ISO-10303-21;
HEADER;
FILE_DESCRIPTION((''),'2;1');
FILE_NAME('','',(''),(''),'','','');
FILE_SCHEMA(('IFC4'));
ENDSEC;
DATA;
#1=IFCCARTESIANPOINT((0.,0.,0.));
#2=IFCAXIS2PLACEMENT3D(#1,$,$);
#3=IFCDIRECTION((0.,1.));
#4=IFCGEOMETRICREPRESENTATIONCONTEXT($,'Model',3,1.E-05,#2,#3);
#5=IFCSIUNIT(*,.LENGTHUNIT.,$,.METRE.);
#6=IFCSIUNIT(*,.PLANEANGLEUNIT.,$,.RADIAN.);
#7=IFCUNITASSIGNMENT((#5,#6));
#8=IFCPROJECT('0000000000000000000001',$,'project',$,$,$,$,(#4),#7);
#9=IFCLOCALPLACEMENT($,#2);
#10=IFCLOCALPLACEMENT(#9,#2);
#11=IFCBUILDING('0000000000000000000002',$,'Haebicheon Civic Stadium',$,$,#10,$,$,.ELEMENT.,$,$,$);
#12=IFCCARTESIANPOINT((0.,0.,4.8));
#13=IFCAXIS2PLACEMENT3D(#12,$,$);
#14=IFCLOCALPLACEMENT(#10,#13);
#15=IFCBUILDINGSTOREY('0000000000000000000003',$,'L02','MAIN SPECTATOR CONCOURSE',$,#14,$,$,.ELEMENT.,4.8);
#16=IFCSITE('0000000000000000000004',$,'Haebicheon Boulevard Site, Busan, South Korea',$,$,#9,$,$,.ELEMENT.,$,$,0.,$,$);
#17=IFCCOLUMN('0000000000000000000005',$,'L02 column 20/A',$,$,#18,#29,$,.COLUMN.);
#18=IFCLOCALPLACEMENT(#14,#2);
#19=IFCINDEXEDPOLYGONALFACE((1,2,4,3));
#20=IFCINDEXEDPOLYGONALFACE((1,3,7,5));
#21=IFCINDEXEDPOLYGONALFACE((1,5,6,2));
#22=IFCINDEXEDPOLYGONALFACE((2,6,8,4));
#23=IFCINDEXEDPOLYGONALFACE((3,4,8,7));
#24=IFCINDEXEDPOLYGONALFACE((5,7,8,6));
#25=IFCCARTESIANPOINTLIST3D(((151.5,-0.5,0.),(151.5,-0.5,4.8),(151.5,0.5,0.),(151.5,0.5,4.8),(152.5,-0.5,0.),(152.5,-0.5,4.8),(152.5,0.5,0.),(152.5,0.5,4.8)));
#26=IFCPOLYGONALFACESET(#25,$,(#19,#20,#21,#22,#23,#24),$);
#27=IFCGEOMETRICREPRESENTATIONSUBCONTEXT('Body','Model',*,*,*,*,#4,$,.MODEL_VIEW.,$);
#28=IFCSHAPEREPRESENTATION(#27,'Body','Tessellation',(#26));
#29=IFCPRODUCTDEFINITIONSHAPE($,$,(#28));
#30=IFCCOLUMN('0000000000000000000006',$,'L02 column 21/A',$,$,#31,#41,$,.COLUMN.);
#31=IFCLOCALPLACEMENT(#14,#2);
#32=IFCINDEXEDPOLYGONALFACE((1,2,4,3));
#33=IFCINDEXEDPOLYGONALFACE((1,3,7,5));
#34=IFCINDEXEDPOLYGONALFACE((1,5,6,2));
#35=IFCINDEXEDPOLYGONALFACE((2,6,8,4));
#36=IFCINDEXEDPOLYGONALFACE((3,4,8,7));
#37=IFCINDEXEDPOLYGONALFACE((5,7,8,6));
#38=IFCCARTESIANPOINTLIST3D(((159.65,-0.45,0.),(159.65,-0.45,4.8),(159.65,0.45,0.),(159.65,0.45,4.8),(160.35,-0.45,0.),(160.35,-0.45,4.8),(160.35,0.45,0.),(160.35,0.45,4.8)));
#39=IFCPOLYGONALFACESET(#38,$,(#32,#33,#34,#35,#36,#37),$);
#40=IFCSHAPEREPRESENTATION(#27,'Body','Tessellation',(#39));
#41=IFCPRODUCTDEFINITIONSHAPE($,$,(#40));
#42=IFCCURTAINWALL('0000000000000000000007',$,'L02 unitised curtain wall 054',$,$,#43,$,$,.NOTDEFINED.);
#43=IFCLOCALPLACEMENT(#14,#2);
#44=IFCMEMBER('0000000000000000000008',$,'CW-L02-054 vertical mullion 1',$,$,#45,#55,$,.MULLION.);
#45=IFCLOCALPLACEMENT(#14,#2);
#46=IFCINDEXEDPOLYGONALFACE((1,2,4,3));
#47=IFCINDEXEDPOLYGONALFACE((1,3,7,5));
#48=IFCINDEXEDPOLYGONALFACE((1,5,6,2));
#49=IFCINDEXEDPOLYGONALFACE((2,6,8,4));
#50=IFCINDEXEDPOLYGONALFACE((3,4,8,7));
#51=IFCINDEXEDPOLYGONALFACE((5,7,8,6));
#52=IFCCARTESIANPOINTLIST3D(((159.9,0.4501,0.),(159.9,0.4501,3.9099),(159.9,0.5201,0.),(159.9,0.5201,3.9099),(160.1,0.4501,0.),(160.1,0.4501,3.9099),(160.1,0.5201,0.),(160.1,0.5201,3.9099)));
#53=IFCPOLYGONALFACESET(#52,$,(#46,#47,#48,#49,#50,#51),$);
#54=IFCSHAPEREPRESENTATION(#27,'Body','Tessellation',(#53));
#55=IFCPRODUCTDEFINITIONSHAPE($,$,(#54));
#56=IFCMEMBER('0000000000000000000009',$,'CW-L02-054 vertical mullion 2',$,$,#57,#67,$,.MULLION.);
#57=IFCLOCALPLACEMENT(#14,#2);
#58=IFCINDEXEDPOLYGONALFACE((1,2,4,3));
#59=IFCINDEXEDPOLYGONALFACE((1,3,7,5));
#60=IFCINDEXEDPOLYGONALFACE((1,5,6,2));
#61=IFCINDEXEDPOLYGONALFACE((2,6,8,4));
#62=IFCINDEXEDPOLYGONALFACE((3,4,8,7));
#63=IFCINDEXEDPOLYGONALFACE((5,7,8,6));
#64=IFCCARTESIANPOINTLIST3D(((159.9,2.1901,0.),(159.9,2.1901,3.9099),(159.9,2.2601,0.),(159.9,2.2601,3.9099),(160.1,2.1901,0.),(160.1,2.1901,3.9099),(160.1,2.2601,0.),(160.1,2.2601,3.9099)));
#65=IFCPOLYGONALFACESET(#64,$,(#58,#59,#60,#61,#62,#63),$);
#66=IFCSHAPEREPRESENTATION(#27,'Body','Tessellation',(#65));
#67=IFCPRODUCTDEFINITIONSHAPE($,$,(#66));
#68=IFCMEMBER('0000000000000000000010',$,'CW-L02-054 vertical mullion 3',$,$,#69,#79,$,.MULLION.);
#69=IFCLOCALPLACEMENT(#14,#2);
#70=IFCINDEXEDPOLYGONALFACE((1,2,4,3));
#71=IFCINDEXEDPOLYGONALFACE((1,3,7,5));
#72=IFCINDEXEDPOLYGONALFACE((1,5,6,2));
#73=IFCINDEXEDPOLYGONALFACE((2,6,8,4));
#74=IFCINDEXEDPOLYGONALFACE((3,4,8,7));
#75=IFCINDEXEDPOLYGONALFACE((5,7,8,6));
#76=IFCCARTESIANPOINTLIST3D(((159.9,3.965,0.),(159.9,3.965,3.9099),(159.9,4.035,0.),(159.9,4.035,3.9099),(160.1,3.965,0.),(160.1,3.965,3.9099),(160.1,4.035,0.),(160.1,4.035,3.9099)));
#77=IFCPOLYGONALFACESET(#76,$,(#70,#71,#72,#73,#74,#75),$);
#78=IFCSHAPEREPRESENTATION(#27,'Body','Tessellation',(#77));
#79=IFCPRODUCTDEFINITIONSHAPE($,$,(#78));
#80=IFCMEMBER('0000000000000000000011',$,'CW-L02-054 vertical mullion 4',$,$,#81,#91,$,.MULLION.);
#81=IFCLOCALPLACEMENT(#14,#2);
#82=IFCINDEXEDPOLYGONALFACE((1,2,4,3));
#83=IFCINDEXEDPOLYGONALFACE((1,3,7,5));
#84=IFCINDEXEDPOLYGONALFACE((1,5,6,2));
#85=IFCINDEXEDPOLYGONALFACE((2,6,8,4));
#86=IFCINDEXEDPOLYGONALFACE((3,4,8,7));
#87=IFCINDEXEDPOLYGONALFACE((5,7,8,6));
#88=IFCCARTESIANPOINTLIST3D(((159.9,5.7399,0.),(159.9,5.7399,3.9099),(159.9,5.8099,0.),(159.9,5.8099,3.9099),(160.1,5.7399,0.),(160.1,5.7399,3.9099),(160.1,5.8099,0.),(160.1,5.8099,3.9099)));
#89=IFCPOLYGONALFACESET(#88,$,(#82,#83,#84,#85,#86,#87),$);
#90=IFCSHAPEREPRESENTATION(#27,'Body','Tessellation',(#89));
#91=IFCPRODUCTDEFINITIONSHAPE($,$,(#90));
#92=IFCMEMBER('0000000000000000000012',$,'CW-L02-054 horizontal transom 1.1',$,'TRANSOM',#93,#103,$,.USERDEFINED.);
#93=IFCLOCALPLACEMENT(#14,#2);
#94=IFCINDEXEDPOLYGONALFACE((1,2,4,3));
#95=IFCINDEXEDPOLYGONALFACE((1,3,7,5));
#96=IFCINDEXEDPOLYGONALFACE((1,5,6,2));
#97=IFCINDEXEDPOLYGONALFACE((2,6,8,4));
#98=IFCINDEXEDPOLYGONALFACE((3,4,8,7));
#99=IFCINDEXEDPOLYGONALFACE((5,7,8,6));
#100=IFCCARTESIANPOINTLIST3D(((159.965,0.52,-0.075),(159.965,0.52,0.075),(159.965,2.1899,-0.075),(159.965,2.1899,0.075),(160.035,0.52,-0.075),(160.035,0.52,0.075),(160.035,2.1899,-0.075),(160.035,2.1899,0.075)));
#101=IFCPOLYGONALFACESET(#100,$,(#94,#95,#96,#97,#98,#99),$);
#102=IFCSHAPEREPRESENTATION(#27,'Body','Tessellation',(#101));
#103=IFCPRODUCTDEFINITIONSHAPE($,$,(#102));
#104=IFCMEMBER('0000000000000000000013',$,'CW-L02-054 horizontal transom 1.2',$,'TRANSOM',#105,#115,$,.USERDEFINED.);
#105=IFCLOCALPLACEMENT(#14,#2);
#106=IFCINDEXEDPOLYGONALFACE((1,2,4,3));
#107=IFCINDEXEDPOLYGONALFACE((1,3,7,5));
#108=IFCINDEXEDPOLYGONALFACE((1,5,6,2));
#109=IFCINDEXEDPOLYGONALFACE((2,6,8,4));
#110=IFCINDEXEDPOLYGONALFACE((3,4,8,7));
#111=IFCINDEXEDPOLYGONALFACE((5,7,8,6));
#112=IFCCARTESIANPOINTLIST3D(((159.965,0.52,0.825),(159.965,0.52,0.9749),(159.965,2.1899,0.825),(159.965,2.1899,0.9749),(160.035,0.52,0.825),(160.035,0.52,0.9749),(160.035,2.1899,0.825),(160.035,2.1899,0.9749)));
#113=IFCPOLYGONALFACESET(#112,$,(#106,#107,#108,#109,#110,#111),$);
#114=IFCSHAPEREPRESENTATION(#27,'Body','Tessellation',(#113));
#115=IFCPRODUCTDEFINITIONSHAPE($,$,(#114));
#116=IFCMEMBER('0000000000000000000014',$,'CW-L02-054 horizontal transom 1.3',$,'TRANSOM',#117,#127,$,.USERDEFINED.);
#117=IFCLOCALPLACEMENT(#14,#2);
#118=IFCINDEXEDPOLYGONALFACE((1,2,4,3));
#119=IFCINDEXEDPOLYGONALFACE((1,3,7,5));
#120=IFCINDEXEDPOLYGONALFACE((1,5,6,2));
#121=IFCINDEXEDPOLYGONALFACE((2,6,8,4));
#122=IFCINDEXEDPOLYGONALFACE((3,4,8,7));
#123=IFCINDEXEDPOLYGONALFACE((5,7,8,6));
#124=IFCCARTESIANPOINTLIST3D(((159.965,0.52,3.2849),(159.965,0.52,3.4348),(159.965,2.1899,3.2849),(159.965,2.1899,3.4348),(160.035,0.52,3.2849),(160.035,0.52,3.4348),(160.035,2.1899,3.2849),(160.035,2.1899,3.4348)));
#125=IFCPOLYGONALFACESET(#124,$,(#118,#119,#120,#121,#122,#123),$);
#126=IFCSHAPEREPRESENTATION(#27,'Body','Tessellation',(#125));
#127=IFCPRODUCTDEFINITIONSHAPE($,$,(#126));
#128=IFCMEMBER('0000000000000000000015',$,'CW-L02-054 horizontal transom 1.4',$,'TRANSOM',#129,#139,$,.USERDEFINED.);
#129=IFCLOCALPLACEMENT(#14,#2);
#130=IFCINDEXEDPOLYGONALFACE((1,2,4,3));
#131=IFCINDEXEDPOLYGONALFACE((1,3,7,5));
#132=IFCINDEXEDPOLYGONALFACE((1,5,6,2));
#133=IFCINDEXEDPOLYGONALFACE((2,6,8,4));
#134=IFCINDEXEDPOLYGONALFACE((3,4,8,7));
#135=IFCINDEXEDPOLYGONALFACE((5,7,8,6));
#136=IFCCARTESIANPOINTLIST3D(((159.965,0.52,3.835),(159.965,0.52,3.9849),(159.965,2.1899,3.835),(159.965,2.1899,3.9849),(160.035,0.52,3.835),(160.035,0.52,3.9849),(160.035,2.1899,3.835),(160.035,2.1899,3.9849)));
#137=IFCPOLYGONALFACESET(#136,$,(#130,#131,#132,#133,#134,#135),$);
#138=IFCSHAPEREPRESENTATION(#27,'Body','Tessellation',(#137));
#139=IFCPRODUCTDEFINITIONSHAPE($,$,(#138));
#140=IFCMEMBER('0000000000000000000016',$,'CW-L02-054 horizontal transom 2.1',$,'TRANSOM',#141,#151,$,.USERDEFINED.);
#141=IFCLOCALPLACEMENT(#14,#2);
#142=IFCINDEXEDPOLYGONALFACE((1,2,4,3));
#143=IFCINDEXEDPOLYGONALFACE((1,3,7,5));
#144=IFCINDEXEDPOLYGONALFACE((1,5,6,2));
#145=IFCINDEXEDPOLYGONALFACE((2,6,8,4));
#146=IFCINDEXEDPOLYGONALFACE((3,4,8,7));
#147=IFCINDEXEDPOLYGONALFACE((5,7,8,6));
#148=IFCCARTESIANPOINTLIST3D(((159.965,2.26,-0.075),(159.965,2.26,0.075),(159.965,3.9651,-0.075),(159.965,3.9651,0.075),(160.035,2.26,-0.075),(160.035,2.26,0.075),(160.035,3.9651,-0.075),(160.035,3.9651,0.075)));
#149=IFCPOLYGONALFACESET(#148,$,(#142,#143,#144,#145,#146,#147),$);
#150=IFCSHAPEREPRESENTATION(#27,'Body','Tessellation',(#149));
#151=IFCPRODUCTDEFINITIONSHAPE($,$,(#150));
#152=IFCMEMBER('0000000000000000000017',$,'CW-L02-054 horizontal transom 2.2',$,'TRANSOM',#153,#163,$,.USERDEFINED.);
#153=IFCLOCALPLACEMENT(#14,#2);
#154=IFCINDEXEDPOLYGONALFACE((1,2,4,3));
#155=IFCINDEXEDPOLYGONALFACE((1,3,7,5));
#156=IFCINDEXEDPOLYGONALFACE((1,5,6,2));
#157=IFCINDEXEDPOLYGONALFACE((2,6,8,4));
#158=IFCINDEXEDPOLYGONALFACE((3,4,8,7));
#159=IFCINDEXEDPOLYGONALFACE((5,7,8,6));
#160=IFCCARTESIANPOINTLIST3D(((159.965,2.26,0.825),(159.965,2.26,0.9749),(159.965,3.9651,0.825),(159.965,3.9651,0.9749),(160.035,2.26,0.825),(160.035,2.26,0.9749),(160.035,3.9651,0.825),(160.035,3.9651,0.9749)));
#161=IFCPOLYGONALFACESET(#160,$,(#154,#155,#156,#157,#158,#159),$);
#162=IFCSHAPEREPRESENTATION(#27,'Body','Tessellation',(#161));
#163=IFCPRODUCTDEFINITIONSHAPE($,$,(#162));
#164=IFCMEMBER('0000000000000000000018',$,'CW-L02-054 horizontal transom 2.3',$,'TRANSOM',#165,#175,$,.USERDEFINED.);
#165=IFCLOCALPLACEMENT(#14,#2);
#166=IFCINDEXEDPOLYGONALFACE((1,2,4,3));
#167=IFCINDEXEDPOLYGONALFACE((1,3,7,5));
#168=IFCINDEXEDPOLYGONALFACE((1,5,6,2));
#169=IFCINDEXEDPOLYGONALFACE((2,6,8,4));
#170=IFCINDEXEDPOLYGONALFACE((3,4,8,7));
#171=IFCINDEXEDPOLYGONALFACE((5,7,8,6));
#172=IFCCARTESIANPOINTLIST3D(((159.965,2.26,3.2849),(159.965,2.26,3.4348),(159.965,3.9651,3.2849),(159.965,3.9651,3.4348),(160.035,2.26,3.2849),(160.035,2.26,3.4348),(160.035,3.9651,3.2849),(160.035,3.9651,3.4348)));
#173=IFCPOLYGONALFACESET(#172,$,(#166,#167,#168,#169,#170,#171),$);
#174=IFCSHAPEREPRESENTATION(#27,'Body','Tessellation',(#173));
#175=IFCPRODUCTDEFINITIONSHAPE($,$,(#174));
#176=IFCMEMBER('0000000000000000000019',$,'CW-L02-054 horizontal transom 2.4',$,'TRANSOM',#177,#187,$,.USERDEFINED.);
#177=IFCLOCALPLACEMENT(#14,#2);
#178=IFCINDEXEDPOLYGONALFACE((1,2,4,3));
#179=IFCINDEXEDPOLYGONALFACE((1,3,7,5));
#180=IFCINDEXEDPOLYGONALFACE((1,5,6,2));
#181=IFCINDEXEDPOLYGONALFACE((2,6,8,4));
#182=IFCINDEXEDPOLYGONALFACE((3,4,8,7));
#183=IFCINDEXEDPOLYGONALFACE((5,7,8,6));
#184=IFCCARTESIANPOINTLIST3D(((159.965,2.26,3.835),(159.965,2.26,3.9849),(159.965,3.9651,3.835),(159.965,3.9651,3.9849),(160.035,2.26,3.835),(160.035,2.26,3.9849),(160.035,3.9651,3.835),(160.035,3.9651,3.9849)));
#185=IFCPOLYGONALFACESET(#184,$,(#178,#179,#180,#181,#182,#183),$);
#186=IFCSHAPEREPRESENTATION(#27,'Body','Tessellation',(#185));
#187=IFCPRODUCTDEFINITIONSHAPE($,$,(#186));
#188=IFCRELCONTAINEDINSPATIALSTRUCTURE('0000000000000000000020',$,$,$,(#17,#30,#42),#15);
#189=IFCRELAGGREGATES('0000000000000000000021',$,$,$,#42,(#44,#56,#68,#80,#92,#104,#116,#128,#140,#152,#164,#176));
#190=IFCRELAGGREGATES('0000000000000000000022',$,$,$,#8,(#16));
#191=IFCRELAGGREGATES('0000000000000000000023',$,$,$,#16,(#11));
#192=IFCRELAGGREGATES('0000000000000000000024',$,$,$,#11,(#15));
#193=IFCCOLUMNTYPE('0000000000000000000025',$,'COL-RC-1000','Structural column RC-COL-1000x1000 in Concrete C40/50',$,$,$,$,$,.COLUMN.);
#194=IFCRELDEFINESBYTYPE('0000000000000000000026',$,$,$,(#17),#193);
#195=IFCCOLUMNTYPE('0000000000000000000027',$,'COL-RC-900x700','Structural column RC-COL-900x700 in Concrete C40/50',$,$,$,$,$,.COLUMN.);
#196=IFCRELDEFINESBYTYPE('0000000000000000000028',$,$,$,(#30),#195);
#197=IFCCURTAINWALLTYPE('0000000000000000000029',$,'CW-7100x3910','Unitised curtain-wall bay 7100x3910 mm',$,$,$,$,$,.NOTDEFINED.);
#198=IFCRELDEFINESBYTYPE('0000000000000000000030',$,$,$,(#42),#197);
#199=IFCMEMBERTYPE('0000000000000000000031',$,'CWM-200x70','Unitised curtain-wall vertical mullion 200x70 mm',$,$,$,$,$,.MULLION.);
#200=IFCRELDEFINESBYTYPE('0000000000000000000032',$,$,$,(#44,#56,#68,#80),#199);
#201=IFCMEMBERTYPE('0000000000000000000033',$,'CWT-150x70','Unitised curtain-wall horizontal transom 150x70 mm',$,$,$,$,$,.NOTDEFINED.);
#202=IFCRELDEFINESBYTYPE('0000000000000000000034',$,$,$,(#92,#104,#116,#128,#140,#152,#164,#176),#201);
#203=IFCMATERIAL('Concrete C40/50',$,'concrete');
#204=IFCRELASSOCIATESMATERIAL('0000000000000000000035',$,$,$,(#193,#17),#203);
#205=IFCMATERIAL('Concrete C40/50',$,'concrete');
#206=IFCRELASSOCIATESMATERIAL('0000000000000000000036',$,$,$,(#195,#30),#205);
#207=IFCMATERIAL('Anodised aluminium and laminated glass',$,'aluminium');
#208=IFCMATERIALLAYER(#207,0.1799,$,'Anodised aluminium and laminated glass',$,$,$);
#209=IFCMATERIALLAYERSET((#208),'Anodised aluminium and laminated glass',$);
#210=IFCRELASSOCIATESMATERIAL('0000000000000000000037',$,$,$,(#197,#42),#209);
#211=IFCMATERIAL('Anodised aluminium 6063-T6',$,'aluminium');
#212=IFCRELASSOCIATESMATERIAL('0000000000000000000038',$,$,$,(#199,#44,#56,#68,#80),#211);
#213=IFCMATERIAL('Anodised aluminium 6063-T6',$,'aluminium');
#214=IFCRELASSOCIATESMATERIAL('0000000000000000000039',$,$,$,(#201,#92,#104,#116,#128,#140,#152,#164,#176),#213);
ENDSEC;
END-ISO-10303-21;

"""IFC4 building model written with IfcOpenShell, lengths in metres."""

from ifc_helpers import new_model, si_unit, direction, frame, origin, origin_2d, place, context, subcontext, project, spatial, rectangle, extrude, material, layer, layer_set, material_profile, profile_set, type_object, element, aggregate, save


model = new_model("IFC4")

# Units and contexts
model_context = context("Model", 3, precision=1e-05, world=origin(), true_north=direction((0.0, 1.0)))
body_context = subcontext(model_context, "Body", "Model", "MODEL_VIEW")
ifc_project = project(units=[si_unit("LENGTHUNIT", "METRE"), si_unit("PLANEANGLEUNIT", "RADIAN")], contexts=[model_context])

# Site, building, storey
site_placement = place(None, origin())
site = spatial("IfcSite", under=ifc_project, at=site_placement, Name="Haebicheon Boulevard Site, Busan, South Korea", CompositionType="ELEMENT", RefElevation=0.0)
building_placement = place(site_placement, origin())
building = spatial("IfcBuilding", under=site, at=building_placement, Name="Haebicheon Civic Stadium", CompositionType="ELEMENT")
storey_placement = place(building_placement, frame((0.0, 0.0, 4.8)))
storey = spatial("IfcBuildingStorey", under=building, at=storey_placement, Name="L02", Description="MAIN SPECTATOR CONCOURSE", CompositionType="ELEMENT", Elevation=4.8)

# Columns
ifc_material_1 = material(Name="Concrete C40/50", Category="concrete")
ifc_material_profile_1 = material_profile(ifc_material_1, rectangle(XDim=1.0, YDim=1.0, at=origin_2d()), Name="RC-COL-1000x1000")
ifc_profile_set_1 = profile_set([ifc_material_profile_1], Name="Concrete C40/50")
column_type_1 = type_object("IfcColumnType", Name="COL-RC-1000", Description="Structural column RC-COL-1000x1000 in Concrete C40/50", PredefinedType="COLUMN", material=ifc_profile_set_1)
column_1_placement = place(storey_placement, frame((152.0, 0.0, 0.0), z_axis=(0.0, 0.0, 1.0), x_axis=(1.0, 0.0, 0.0)))
element("IfcColumn", 1, at=column_1_placement, inside=storey, type_object=column_type_1, material=ifc_profile_set_1, Name="L02 column 20/A", PredefinedType="COLUMN", context=body_context, shape_type="SweptSolid", body=[
    extrude(rectangle(XDim=1.0, YDim=1.0, at=origin_2d()), origin(), (0.0, 0.0, 1.0), 4.8),
])
ifc_material_2 = material(Name="Concrete C40/50", Category="concrete")
ifc_material_profile_2 = material_profile(ifc_material_2, rectangle(XDim=0.7, YDim=0.8999, at=origin_2d()), Name="RC-COL-900x700")
ifc_profile_set_2 = profile_set([ifc_material_profile_2], Name="Concrete C40/50")
column_type_2 = type_object("IfcColumnType", Name="COL-RC-900x700", Description="Structural column RC-COL-900x700 in Concrete C40/50", PredefinedType="COLUMN", material=ifc_profile_set_2)
column_2_placement = place(storey_placement, frame((160.0, 0.0, 0.0), z_axis=(0.0, 0.0, 1.0), x_axis=(1.0, 0.0, 0.0)))
element("IfcColumn", 2, at=column_2_placement, inside=storey, type_object=column_type_2, material=ifc_profile_set_2, Name="L02 column 21/A", PredefinedType="COLUMN", context=body_context, shape_type="SweptSolid", body=[
    extrude(rectangle(XDim=0.7, YDim=0.8999, at=origin_2d()), origin(), (0.0, 0.0, 1.0), 4.8),
])

# Curtain wall, members
ifc_material_3 = material(Name="Anodised aluminium and laminated glass", Category="aluminium")
ifc_layer_1 = layer(ifc_material_3, 0.1799, Name="Anodised aluminium and laminated glass")
ifc_layer_set_1 = layer_set([ifc_layer_1], Name="Anodised aluminium and laminated glass")
curtain_wall_type = type_object("IfcCurtainWallType", Name="CW-7100x3910", Description="Unitised curtain-wall bay 7100x3910 mm", PredefinedType="NOTDEFINED", material=ifc_layer_set_1)
curtain_wall_placement = place(storey_placement, origin())
curtain_wall = element("IfcCurtainWall", 3, at=curtain_wall_placement, inside=storey, type_object=curtain_wall_type, material=ifc_layer_set_1, Name="L02 unitised curtain wall 054", PredefinedType="NOTDEFINED")
ifc_material_4 = material(Name="Anodised aluminium 6063-T6", Category="aluminium")
ifc_material_profile_3 = material_profile(ifc_material_4, rectangle(XDim=0.0701, YDim=0.2, at=origin_2d()), Name="ALU-MULL-70x200")
ifc_profile_set_3 = profile_set([ifc_material_profile_3], Name="Anodised aluminium 6063-T6")
member_type_1 = type_object("IfcMemberType", Name="CWM-200x70", Description="Unitised curtain-wall vertical mullion 200x70 mm", PredefinedType="MULLION", material=ifc_profile_set_3)
member_1_placement = place(storey_placement, frame((160.0, 0.4851, 0.0), z_axis=(0.0, 0.0, 1.0), x_axis=(0.0, 1.0, 0.0)))
member_1 = element("IfcMember", 4, at=member_1_placement, type_object=member_type_1, material=ifc_profile_set_3, Name="CW-L02-054 vertical mullion 1", PredefinedType="MULLION", context=body_context, shape_type="SweptSolid", body=[
    extrude(rectangle(XDim=0.0701, YDim=0.2, at=origin_2d()), origin(), (0.0, 0.0, 1.0), 3.9099),
])
member_2_placement = place(storey_placement, frame((160.0, 2.2251, 0.0), z_axis=(0.0, 0.0, 1.0), x_axis=(0.0, 1.0, 0.0)))
member_2 = element("IfcMember", 5, at=member_2_placement, type_object=member_type_1, material=ifc_profile_set_3, Name="CW-L02-054 vertical mullion 2", PredefinedType="MULLION", context=body_context, shape_type="SweptSolid", body=[
    extrude(rectangle(XDim=0.0701, YDim=0.2, at=origin_2d()), origin(), (0.0, 0.0, 1.0), 3.9099),
])
member_3_placement = place(storey_placement, frame((160.0, 4.0, 0.0), z_axis=(0.0, 0.0, 1.0), x_axis=(0.0, 1.0, 0.0)))
member_3 = element("IfcMember", 6, at=member_3_placement, type_object=member_type_1, material=ifc_profile_set_3, Name="CW-L02-054 vertical mullion 3", PredefinedType="MULLION", context=body_context, shape_type="SweptSolid", body=[
    extrude(rectangle(XDim=0.0701, YDim=0.2, at=origin_2d()), origin(), (0.0, 0.0, 1.0), 3.9099),
])
member_4_placement = place(storey_placement, frame((160.0, 5.7749, 0.0), z_axis=(0.0, 0.0, 1.0), x_axis=(0.0, 1.0, 0.0)))
member_4 = element("IfcMember", 7, at=member_4_placement, type_object=member_type_1, material=ifc_profile_set_3, Name="CW-L02-054 vertical mullion 4", PredefinedType="MULLION", context=body_context, shape_type="SweptSolid", body=[
    extrude(rectangle(XDim=0.0701, YDim=0.2, at=origin_2d()), origin(), (0.0, 0.0, 1.0), 3.9099),
])
ifc_material_5 = material(Name="Anodised aluminium 6063-T6", Category="aluminium")
ifc_material_profile_4 = material_profile(ifc_material_5, rectangle(XDim=0.0701, YDim=0.1499, at=origin_2d()), Name="ALU-TRAN-70x150")
ifc_profile_set_4 = profile_set([ifc_material_profile_4], Name="Anodised aluminium 6063-T6")
member_type_2 = type_object("IfcMemberType", Name="CWT-150x70", Description="Unitised curtain-wall horizontal transom 150x70 mm", PredefinedType="NOTDEFINED", material=ifc_profile_set_4)
member_5_placement = place(storey_placement, frame((160.0, 0.52, 0.0), z_axis=(0.0, 1.0, 0.0), x_axis=(-1.0, 0.0, 0.0)))
member_5 = element("IfcMember", 8, at=member_5_placement, type_object=member_type_2, material=ifc_profile_set_4, Name="CW-L02-054 horizontal transom 1.1", ObjectType="TRANSOM", PredefinedType="USERDEFINED", context=body_context, shape_type="SweptSolid", body=[
    extrude(rectangle(XDim=0.0701, YDim=0.1499, at=origin_2d()), origin(), (0.0, 0.0, 1.0), 1.6699),
])
member_6_placement = place(storey_placement, frame((160.0, 0.52, 0.8999), z_axis=(0.0, 1.0, 0.0), x_axis=(-1.0, 0.0, 0.0)))
member_6 = element("IfcMember", 9, at=member_6_placement, type_object=member_type_2, material=ifc_profile_set_4, Name="CW-L02-054 horizontal transom 1.2", ObjectType="TRANSOM", PredefinedType="USERDEFINED", context=body_context, shape_type="SweptSolid", body=[
    extrude(rectangle(XDim=0.0701, YDim=0.1499, at=origin_2d()), origin(), (0.0, 0.0, 1.0), 1.6699),
])
member_7_placement = place(storey_placement, frame((160.0, 0.52, 3.3599), z_axis=(0.0, 1.0, 0.0), x_axis=(-1.0, 0.0, 0.0)))
member_7 = element("IfcMember", 10, at=member_7_placement, type_object=member_type_2, material=ifc_profile_set_4, Name="CW-L02-054 horizontal transom 1.3", ObjectType="TRANSOM", PredefinedType="USERDEFINED", context=body_context, shape_type="SweptSolid", body=[
    extrude(rectangle(XDim=0.0701, YDim=0.1499, at=origin_2d()), origin(), (0.0, 0.0, 1.0), 1.6699),
])
member_8_placement = place(storey_placement, frame((160.0, 0.52, 3.9099), z_axis=(0.0, 1.0, 0.0), x_axis=(-1.0, 0.0, 0.0)))
member_8 = element("IfcMember", 11, at=member_8_placement, type_object=member_type_2, material=ifc_profile_set_4, Name="CW-L02-054 horizontal transom 1.4", ObjectType="TRANSOM", PredefinedType="USERDEFINED", context=body_context, shape_type="SweptSolid", body=[
    extrude(rectangle(XDim=0.0701, YDim=0.1499, at=origin_2d()), origin(), (0.0, 0.0, 1.0), 1.6699),
])
member_9_placement = place(storey_placement, frame((160.0, 2.26, 0.0), z_axis=(0.0, 1.0, 0.0), x_axis=(-1.0, 0.0, 0.0)))
member_9 = element("IfcMember", 12, at=member_9_placement, type_object=member_type_2, material=ifc_profile_set_4, Name="CW-L02-054 horizontal transom 2.1", ObjectType="TRANSOM", PredefinedType="USERDEFINED", context=body_context, shape_type="SweptSolid", body=[
    extrude(rectangle(XDim=0.0701, YDim=0.1499, at=origin_2d()), origin(), (0.0, 0.0, 1.0), 1.7051),
])
member_10_placement = place(storey_placement, frame((160.0, 2.26, 0.8999), z_axis=(0.0, 1.0, 0.0), x_axis=(-1.0, 0.0, 0.0)))
member_10 = element("IfcMember", 13, at=member_10_placement, type_object=member_type_2, material=ifc_profile_set_4, Name="CW-L02-054 horizontal transom 2.2", ObjectType="TRANSOM", PredefinedType="USERDEFINED", context=body_context, shape_type="SweptSolid", body=[
    extrude(rectangle(XDim=0.0701, YDim=0.1499, at=origin_2d()), origin(), (0.0, 0.0, 1.0), 1.7051),
])
member_11_placement = place(storey_placement, frame((160.0, 2.26, 3.3599), z_axis=(0.0, 1.0, 0.0), x_axis=(-1.0, 0.0, 0.0)))
member_11 = element("IfcMember", 14, at=member_11_placement, type_object=member_type_2, material=ifc_profile_set_4, Name="CW-L02-054 horizontal transom 2.3", ObjectType="TRANSOM", PredefinedType="USERDEFINED", context=body_context, shape_type="SweptSolid", body=[
    extrude(rectangle(XDim=0.0701, YDim=0.1499, at=origin_2d()), origin(), (0.0, 0.0, 1.0), 1.7051),
])
member_12_placement = place(storey_placement, frame((160.0, 2.26, 3.9099), z_axis=(0.0, 1.0, 0.0), x_axis=(-1.0, 0.0, 0.0)))
member_12 = element("IfcMember", 15, at=member_12_placement, type_object=member_type_2, material=ifc_profile_set_4, Name="CW-L02-054 horizontal transom 2.4", ObjectType="TRANSOM", PredefinedType="USERDEFINED", context=body_context, shape_type="SweptSolid", body=[
    extrude(rectangle(XDim=0.0701, YDim=0.1499, at=origin_2d()), origin(), (0.0, 0.0, 1.0), 1.7051),
])

aggregate(curtain_wall, [member_1, member_2, member_3, member_4, member_5, member_6, member_7, member_8, member_9, member_10, member_11, member_12])

save(model, "model.ifc")
